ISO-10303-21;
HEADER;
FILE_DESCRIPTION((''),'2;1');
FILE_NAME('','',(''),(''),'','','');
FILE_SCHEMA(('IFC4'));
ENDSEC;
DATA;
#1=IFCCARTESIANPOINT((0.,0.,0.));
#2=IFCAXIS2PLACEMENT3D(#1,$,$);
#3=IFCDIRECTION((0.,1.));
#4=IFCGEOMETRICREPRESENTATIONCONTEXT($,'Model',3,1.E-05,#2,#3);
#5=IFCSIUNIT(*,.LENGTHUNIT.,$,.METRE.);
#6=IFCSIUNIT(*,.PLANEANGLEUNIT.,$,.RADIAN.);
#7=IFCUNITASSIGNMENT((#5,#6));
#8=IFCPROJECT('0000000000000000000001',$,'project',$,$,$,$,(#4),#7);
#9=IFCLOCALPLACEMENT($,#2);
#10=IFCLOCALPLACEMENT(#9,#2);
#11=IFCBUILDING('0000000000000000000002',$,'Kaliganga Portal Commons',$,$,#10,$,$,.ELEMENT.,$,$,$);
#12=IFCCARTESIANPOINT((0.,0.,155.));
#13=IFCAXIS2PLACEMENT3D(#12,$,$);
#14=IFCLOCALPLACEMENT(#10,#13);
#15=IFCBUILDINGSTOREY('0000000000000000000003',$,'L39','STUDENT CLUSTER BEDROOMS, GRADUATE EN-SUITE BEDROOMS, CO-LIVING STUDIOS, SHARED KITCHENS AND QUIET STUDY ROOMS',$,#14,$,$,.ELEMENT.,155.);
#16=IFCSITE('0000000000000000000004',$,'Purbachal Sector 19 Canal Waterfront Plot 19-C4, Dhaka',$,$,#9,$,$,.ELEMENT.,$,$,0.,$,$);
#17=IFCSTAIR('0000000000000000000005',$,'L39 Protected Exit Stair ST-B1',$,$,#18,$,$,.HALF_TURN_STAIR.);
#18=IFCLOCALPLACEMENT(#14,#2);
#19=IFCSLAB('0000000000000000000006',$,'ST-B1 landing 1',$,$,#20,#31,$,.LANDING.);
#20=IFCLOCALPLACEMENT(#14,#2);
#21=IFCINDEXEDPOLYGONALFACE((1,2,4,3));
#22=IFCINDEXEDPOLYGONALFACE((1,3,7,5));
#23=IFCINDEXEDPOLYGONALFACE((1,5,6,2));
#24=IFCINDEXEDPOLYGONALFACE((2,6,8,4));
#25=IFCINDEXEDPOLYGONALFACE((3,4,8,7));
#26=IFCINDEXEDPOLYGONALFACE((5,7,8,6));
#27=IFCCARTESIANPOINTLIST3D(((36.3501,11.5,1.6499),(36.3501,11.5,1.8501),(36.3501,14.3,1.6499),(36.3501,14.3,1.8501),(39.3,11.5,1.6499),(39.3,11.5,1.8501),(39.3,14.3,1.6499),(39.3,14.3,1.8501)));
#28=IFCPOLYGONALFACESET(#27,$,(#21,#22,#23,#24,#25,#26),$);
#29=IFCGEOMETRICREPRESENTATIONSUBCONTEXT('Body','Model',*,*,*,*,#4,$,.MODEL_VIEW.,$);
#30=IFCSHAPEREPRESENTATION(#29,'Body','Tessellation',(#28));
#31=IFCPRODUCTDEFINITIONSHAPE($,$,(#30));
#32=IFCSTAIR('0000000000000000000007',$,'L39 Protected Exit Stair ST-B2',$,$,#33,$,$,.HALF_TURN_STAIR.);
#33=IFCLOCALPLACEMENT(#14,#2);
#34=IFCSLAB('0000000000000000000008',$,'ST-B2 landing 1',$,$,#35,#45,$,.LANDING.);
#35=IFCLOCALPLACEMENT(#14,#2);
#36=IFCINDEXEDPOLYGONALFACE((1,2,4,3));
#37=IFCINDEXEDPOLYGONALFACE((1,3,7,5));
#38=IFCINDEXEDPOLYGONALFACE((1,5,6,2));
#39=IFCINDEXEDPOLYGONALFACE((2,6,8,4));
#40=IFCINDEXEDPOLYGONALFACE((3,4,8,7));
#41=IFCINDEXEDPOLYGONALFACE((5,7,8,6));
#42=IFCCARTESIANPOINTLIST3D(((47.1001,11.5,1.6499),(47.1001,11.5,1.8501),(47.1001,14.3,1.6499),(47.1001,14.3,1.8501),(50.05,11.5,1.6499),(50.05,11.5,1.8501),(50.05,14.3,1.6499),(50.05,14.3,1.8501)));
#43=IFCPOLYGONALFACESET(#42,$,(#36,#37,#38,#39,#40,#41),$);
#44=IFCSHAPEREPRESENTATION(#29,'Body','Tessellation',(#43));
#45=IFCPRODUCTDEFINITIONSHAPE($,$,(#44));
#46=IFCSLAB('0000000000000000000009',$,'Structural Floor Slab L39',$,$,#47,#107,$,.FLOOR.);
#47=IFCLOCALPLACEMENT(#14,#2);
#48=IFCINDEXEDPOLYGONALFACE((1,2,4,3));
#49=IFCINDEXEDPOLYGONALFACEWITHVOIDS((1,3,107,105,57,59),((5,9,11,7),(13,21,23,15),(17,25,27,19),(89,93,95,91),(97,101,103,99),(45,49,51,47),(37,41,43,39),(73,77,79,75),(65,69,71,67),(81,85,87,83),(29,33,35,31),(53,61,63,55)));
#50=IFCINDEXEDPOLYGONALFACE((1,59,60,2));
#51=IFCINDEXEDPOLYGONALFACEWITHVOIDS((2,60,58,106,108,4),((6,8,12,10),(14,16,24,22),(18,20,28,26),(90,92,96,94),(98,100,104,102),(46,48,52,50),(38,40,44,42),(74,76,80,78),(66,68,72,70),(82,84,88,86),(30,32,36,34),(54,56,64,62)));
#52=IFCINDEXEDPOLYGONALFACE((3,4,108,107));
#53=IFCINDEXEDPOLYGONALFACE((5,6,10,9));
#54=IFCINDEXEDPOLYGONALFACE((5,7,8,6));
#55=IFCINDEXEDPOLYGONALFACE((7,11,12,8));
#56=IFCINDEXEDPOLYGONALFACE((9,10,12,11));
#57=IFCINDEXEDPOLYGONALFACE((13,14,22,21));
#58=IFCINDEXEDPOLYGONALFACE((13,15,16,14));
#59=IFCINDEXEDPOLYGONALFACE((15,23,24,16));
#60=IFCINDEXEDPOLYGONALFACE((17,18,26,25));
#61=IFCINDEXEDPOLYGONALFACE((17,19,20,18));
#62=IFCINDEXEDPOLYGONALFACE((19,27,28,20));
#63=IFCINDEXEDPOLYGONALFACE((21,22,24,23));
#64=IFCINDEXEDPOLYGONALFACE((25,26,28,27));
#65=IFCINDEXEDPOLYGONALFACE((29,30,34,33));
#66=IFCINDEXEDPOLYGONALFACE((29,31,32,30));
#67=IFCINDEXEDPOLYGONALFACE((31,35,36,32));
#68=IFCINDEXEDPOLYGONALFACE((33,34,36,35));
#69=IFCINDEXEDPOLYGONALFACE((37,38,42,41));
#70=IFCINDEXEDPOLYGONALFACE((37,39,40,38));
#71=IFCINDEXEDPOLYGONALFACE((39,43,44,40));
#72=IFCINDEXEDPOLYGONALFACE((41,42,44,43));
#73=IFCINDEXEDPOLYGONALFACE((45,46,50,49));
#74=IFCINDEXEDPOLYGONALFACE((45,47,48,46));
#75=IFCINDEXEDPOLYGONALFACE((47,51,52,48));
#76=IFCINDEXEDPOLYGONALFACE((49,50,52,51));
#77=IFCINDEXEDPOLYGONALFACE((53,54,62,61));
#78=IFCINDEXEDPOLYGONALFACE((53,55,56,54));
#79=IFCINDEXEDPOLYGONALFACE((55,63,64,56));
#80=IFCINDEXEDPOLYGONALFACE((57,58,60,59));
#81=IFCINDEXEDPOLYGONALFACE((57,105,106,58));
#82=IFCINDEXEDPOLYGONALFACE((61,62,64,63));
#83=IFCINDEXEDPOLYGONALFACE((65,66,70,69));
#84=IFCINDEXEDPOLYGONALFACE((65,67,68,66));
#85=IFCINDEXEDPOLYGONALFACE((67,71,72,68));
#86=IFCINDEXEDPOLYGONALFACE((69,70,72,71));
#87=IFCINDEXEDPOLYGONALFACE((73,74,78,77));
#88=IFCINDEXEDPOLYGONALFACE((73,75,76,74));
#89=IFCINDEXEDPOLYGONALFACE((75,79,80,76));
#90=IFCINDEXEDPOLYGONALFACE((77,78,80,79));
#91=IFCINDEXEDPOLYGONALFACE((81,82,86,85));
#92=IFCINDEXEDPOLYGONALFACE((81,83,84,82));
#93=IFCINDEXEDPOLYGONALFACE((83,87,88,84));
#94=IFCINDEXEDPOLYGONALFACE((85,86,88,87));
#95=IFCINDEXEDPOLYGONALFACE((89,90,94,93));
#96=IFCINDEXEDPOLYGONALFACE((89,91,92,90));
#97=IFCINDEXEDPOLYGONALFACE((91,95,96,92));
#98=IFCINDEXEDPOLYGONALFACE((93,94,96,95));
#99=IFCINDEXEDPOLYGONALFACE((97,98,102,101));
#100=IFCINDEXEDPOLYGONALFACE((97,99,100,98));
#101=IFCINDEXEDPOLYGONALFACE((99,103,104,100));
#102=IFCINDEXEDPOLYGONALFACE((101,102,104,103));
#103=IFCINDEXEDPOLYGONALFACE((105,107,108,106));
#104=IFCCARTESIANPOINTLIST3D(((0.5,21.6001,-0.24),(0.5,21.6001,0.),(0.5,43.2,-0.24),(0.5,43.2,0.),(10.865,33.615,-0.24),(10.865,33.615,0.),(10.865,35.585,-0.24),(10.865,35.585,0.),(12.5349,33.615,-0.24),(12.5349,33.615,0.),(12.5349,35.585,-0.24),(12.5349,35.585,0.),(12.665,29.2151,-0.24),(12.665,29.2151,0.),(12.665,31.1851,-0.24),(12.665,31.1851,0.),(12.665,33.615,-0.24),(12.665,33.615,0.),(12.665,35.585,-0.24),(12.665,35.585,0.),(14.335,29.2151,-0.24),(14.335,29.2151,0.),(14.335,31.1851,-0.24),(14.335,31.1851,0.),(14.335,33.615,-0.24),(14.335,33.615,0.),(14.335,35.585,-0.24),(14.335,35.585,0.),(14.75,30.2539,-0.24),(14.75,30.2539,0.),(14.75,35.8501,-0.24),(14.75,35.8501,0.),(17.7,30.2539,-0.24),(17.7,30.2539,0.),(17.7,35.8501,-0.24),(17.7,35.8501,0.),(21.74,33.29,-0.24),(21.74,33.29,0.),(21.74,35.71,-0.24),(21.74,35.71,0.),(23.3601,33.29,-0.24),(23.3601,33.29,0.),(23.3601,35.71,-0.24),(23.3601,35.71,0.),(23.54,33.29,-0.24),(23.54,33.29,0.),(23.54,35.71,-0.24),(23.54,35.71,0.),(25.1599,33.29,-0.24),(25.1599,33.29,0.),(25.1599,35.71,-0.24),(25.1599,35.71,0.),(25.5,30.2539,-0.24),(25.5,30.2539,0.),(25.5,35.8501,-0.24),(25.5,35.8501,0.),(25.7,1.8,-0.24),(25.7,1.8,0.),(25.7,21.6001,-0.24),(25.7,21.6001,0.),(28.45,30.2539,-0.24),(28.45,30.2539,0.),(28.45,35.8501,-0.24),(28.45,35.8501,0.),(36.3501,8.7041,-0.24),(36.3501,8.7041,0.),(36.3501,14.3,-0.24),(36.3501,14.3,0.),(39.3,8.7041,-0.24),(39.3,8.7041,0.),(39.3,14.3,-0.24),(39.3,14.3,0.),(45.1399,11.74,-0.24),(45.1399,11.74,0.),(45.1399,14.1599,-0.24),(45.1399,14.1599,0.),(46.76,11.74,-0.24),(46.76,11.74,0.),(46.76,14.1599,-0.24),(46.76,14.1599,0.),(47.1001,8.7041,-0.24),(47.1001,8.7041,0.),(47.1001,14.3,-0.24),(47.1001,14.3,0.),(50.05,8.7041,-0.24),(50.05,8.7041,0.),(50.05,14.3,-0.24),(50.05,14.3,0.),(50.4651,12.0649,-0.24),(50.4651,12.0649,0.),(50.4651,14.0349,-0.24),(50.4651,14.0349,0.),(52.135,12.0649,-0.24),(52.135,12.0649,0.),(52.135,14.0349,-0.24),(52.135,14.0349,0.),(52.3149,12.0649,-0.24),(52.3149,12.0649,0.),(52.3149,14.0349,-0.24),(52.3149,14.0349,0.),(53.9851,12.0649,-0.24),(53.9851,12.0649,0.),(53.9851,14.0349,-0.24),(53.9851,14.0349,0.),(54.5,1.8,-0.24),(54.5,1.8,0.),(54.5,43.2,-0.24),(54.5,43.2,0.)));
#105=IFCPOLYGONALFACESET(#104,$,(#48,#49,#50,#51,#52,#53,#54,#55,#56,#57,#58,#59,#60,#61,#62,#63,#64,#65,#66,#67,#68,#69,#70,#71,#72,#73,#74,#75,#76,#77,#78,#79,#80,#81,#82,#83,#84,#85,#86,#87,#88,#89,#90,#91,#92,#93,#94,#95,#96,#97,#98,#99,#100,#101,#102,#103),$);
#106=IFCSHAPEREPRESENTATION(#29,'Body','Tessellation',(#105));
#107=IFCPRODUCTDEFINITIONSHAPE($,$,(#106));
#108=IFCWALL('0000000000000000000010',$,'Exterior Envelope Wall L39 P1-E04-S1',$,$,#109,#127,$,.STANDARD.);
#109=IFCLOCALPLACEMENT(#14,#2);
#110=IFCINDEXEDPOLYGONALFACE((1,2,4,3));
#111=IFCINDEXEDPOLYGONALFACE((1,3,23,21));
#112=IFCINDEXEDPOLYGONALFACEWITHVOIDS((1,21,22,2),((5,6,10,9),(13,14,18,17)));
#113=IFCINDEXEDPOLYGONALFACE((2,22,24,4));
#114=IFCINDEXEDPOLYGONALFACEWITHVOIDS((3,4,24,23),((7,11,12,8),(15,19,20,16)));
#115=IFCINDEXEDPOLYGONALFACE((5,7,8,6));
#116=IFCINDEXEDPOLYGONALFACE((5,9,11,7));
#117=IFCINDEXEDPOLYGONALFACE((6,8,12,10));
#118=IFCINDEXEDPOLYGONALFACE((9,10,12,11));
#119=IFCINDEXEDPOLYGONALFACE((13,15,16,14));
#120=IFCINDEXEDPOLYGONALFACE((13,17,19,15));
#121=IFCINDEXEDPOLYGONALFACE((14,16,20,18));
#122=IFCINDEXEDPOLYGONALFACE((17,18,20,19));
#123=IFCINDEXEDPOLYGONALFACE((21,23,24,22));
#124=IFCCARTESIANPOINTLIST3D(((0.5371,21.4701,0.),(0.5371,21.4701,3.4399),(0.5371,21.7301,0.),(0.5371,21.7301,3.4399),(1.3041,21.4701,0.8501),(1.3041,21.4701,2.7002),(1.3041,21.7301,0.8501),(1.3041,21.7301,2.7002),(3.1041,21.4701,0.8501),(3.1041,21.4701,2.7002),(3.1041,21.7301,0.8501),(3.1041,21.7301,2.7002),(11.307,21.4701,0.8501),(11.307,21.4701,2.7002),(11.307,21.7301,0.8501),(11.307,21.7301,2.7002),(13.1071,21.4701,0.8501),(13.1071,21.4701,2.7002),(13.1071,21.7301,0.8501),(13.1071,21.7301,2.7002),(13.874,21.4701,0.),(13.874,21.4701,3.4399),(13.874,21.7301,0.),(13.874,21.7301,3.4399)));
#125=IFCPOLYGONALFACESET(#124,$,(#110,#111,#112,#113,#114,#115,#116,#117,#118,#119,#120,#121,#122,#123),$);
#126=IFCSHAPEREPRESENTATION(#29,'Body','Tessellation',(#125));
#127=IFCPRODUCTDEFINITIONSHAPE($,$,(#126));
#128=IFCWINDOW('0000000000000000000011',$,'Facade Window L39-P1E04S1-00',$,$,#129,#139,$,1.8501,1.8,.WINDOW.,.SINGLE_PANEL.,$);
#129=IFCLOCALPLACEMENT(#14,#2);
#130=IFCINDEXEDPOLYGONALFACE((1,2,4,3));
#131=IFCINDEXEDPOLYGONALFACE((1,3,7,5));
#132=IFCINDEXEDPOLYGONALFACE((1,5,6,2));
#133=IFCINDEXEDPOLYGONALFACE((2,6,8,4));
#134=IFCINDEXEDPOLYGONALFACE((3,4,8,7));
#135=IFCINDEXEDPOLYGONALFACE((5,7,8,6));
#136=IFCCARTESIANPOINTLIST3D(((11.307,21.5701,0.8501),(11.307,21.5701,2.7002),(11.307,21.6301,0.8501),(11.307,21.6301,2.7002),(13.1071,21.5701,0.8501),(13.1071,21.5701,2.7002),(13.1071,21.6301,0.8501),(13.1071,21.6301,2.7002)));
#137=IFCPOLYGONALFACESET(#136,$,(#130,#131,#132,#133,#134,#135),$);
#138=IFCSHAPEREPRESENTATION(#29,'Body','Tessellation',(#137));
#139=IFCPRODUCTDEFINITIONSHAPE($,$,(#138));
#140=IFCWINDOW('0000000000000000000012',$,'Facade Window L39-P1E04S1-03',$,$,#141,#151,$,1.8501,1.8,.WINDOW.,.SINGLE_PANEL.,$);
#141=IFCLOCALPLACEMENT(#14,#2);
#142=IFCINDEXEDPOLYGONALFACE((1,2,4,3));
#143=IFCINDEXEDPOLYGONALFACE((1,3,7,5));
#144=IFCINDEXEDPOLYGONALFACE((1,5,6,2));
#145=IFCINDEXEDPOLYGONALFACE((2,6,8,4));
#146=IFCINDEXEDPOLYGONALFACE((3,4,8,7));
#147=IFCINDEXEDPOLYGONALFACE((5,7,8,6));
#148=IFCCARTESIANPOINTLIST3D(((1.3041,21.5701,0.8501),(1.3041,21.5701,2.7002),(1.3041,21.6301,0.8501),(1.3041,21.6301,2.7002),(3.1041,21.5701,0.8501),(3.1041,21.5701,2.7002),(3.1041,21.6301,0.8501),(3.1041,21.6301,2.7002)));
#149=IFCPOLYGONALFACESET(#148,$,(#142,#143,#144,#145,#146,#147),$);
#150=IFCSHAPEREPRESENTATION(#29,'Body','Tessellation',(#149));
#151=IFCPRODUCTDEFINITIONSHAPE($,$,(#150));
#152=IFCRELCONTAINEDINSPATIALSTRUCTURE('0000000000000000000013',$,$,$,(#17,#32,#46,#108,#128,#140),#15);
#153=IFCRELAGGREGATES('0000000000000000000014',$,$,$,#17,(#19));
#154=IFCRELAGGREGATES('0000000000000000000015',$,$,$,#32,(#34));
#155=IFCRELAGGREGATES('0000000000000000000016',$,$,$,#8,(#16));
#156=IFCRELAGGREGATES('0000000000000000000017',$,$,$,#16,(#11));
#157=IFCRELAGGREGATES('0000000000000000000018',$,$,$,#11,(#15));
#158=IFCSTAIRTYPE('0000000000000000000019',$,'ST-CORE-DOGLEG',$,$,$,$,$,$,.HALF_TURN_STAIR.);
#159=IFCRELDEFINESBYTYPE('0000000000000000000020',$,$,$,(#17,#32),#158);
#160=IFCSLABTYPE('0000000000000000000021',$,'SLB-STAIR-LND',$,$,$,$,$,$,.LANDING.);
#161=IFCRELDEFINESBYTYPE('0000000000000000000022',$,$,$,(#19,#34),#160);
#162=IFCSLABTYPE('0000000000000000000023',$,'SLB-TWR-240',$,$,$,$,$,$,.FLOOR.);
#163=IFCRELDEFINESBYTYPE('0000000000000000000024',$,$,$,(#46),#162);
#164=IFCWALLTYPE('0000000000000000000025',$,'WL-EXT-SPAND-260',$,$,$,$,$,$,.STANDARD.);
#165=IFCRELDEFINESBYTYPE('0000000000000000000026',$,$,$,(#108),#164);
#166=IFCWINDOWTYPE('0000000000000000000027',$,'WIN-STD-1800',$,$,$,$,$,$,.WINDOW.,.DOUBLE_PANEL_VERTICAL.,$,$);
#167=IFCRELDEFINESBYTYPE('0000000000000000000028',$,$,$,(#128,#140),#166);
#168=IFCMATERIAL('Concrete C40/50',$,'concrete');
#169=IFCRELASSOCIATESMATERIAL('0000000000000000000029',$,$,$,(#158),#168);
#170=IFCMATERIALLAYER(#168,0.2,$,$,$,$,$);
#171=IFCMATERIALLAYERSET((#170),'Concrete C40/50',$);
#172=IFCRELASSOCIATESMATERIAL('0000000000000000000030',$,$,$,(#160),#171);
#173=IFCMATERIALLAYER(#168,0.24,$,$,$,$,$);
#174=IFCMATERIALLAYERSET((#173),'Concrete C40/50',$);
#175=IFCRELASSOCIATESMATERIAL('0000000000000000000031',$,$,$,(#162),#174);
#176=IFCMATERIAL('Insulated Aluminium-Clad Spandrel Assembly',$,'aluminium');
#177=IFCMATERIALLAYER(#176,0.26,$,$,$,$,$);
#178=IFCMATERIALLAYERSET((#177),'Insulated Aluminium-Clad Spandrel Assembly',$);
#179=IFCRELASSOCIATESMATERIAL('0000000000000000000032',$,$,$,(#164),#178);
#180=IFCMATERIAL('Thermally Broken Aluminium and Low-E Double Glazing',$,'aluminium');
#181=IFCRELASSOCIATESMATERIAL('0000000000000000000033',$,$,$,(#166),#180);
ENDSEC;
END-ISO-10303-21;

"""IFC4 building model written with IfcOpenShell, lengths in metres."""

from ifc_helpers import new_model, si_unit, direction, frame, frame_2d, origin, place, context, subcontext, project, spatial, polyline, rectangle, outline, extrude, material, layer, layer_set, type_object, element, fill, aggregate, save


model = new_model("IFC4")

# Units and contexts
model_context = context("Model", 3, precision=1e-05, world=origin(), true_north=direction((0.0, 1.0)))
body_context = subcontext(model_context, "Body", "Model", "MODEL_VIEW")
ifc_project = project(units=[si_unit("LENGTHUNIT", "METRE"), si_unit("PLANEANGLEUNIT", "RADIAN")], contexts=[model_context])

# Site, building, storey
site_placement = place(None, origin())
site = spatial("IfcSite", under=ifc_project, at=site_placement, Name="Purbachal Sector 19 Canal Waterfront Plot 19-C4, Dhaka", CompositionType="ELEMENT", RefElevation=0.0)
building_placement = place(site_placement, origin())
building = spatial("IfcBuilding", under=site, at=building_placement, Name="Kaliganga Portal Commons", CompositionType="ELEMENT")
storey_placement = place(building_placement, frame((0.0, 0.0, 155.0)))
storey = spatial("IfcBuildingStorey", under=building, at=storey_placement, Name="L39", Description="STUDENT CLUSTER BEDROOMS, GRADUATE EN-SUITE BEDROOMS, CO-LIVING STUDIOS, SHARED KITCHENS AND QUIET STUDY ROOMS", CompositionType="ELEMENT", Elevation=155.0)

# Shared definitions
ifc_material_1 = material(Name="Concrete C40/50", Category="concrete")

# Stairs, slabs
stair_type = type_object("IfcStairType", Name="ST-CORE-DOGLEG", PredefinedType="HALF_TURN_STAIR", material=ifc_material_1)
ifc_layer_1 = layer(ifc_material_1, 0.2)
ifc_layer_set_1 = layer_set([ifc_layer_1], Name="Concrete C40/50")
slab_type_1 = type_object("IfcSlabType", Name="SLB-STAIR-LND", PredefinedType="LANDING", material=ifc_layer_set_1)
stair_1_placement = place(storey_placement, origin())
stair_1 = element("IfcStair", 1, at=stair_1_placement, inside=storey, type_object=stair_type, Name="L39 Protected Exit Stair ST-B1", PredefinedType="HALF_TURN_STAIR")
slab_1_placement = place(storey_placement, frame((0.0, 0.0, 1.6499)))
slab_1 = element("IfcSlab", 2, at=slab_1_placement, type_object=slab_type_1, Name="ST-B1 landing 1", PredefinedType="LANDING", context=body_context, shape_type="SweptSolid", body=[
    extrude(outline(polyline([(39.3, 11.5), (39.3, 14.3), (36.3501, 14.3), (36.3501, 11.5), (39.3, 11.5)])), origin(), (0.0, 0.0, 1.0), 0.2002),
])
aggregate(stair_1, [slab_1])
stair_2_placement = place(storey_placement, origin())
stair_2 = element("IfcStair", 3, at=stair_2_placement, inside=storey, type_object=stair_type, Name="L39 Protected Exit Stair ST-B2", PredefinedType="HALF_TURN_STAIR")
slab_2_placement = place(storey_placement, frame((0.0, 0.0, 1.6499)))
slab_2 = element("IfcSlab", 4, at=slab_2_placement, type_object=slab_type_1, Name="ST-B2 landing 1", PredefinedType="LANDING", context=body_context, shape_type="SweptSolid", body=[
    extrude(outline(polyline([(50.05, 11.5), (50.05, 14.3), (47.1001, 14.3), (47.1001, 11.5), (50.05, 11.5)])), origin(), (0.0, 0.0, 1.0), 0.2002),
])
aggregate(stair_2, [slab_2])

# Slab
ifc_layer_2 = layer(ifc_material_1, 0.24)
ifc_layer_set_2 = layer_set([ifc_layer_2], Name="Concrete C40/50")
slab_type_2 = type_object("IfcSlabType", Name="SLB-TWR-240", PredefinedType="FLOOR", material=ifc_layer_set_2)
slab_3_placement = place(storey_placement, frame((0.0, 0.0, -0.24)))
element("IfcSlab", 5, at=slab_3_placement, inside=storey, type_object=slab_type_2, Name="Structural Floor Slab L39", PredefinedType="FLOOR", context=body_context, shape_type="SweptSolid", body=[
    extrude(outline(polyline([(25.7, 1.8), (54.5, 1.8), (54.5, 43.2), (0.5, 43.2), (0.5, 21.6001), (25.7, 21.6001), (25.7, 1.8)]), holes=[polyline([(14.75, 30.2539), (14.75, 35.8501), (17.7, 35.8501), (17.7, 30.2539), (14.75, 30.2539)]), polyline([(25.5, 30.2539), (25.5, 35.8501), (28.45, 35.8501), (28.45, 30.2539), (25.5, 30.2539)]), polyline([(36.3501, 8.7041), (36.3501, 14.3), (39.3, 14.3), (39.3, 8.7041), (36.3501, 8.7041)]), polyline([(47.1001, 8.7041), (47.1001, 14.3), (50.05, 14.3), (50.05, 8.7041), (47.1001, 8.7041)]), polyline([(12.665, 33.615), (12.665, 35.585), (14.335, 35.585), (14.335, 33.615), (12.665, 33.615)]), polyline([(12.665, 29.2151), (12.665, 31.1851), (14.335, 31.1851), (14.335, 29.2151), (12.665, 29.2151)]), polyline([(10.865, 33.615), (10.865, 35.585), (12.5349, 35.585), (12.5349, 33.615), (10.865, 33.615)]), polyline([(21.74, 33.29), (21.74, 35.71), (23.3601, 35.71), (23.3601, 33.29), (21.74, 33.29)]), polyline([(23.54, 33.29), (23.54, 35.71), (25.1599, 35.71), (25.1599, 33.29), (23.54, 33.29)]), polyline([(50.4651, 12.0649), (50.4651, 14.0349), (52.135, 14.0349), (52.135, 12.0649), (50.4651, 12.0649)]), polyline([(52.3149, 12.0649), (52.3149, 14.0349), (53.9851, 14.0349), (53.9851, 12.0649), (52.3149, 12.0649)]), polyline([(45.1399, 11.74), (45.1399, 14.1599), (46.76, 14.1599), (46.76, 11.74), (45.1399, 11.74)])]), origin(), (0.0, 0.0, 1.0), 0.24),
])

# Wall, openings, windows
ifc_material_2 = material(Name="Insulated Aluminium-Clad Spandrel Assembly", Category="aluminium")
ifc_layer_3 = layer(ifc_material_2, 0.26)
ifc_layer_set_3 = layer_set([ifc_layer_3], Name="Insulated Aluminium-Clad Spandrel Assembly")
wall_type = type_object("IfcWallType", Name="WL-EXT-SPAND-260", PredefinedType="STANDARD", material=ifc_layer_set_3)
wall_1_placement = place(storey_placement, frame((13.874, 21.6001, 0.0), z_axis=(0.0, 0.0, 1.0), x_axis=(-1.0, 0.0, 0.0)))
wall_1 = element("IfcWall", 6, at=wall_1_placement, inside=storey, type_object=wall_type, Name="Exterior Envelope Wall L39 P1-E04-S1", PredefinedType="STANDARD", context=body_context, shape_type="SweptSolid", body=[
    extrude(rectangle(XDim=13.3369, YDim=0.26, at=frame_2d((6.6685, 0.0))), origin(), (0.0, 0.0, 1.0), 3.4399),
])
opening_1_placement = place(wall_1_placement, frame((0.7671, 0.0, 0.8501)))
opening_1 = element("IfcOpeningElement", 7, at=opening_1_placement, cuts=wall_1, PredefinedType="OPENING", context=body_context, shape_type="SweptSolid", body=[
    extrude(rectangle(XDim=1.8, YDim=1.8501, at=frame_2d((0.8999, 0.925))), frame((0.0, 0.1401, 0.0), z_axis=(0.0, -1.0, 0.0), x_axis=(1.0, 0.0, 0.0)), (0.0, 0.0, 1.0), 0.28),
])
opening_2_placement = place(wall_1_placement, frame((10.77, 0.0, 0.8501)))
opening_2 = element("IfcOpeningElement", 8, at=opening_2_placement, cuts=wall_1, PredefinedType="OPENING", context=body_context, shape_type="SweptSolid", body=[
    extrude(rectangle(XDim=1.8, YDim=1.8501, at=frame_2d((0.8999, 0.925))), frame((0.0, 0.1401, 0.0), z_axis=(0.0, -1.0, 0.0), x_axis=(1.0, 0.0, 0.0)), (0.0, 0.0, 1.0), 0.28),
])
ifc_material_3 = material(Name="Thermally Broken Aluminium and Low-E Double Glazing", Category="aluminium")
window_type_1 = type_object("IfcWindowType", Name="WIN-STD-1800", PartitioningType="DOUBLE_PANEL_VERTICAL", PredefinedType="WINDOW", material=ifc_material_3)
window_1_placement = place(opening_1_placement, origin())
window_1 = element("IfcWindow", 9, at=window_1_placement, inside=storey, type_object=window_type_1, Name="Facade Window L39-P1E04S1-00", OverallHeight=1.8501, OverallWidth=1.8, PartitioningType="SINGLE_PANEL", PredefinedType="WINDOW", context=body_context, shape_type="SweptSolid", body=[
    extrude(rectangle(XDim=1.8, YDim=1.8501, at=frame_2d((0.8999, 0.925))), frame((0.0, 0.03, 0.0), z_axis=(0.0, -1.0, 0.0), x_axis=(1.0, 0.0, 0.0)), (0.0, 0.0, 1.0), 0.0601),
])
fill(opening_1, window_1)
window_2_placement = place(opening_2_placement, origin())
window_2 = element("IfcWindow", 10, at=window_2_placement, inside=storey, type_object=window_type_1, Name="Facade Window L39-P1E04S1-03", OverallHeight=1.8501, OverallWidth=1.8, PartitioningType="SINGLE_PANEL", PredefinedType="WINDOW", context=body_context, shape_type="SweptSolid", body=[
    extrude(rectangle(XDim=1.8, YDim=1.8501, at=frame_2d((0.8999, 0.925))), frame((0.0, 0.03, 0.0), z_axis=(0.0, -1.0, 0.0), x_axis=(1.0, 0.0, 0.0)), (0.0, 0.0, 1.0), 0.0601),
])
fill(opening_2, window_2)

save(model, "model.ifc")
